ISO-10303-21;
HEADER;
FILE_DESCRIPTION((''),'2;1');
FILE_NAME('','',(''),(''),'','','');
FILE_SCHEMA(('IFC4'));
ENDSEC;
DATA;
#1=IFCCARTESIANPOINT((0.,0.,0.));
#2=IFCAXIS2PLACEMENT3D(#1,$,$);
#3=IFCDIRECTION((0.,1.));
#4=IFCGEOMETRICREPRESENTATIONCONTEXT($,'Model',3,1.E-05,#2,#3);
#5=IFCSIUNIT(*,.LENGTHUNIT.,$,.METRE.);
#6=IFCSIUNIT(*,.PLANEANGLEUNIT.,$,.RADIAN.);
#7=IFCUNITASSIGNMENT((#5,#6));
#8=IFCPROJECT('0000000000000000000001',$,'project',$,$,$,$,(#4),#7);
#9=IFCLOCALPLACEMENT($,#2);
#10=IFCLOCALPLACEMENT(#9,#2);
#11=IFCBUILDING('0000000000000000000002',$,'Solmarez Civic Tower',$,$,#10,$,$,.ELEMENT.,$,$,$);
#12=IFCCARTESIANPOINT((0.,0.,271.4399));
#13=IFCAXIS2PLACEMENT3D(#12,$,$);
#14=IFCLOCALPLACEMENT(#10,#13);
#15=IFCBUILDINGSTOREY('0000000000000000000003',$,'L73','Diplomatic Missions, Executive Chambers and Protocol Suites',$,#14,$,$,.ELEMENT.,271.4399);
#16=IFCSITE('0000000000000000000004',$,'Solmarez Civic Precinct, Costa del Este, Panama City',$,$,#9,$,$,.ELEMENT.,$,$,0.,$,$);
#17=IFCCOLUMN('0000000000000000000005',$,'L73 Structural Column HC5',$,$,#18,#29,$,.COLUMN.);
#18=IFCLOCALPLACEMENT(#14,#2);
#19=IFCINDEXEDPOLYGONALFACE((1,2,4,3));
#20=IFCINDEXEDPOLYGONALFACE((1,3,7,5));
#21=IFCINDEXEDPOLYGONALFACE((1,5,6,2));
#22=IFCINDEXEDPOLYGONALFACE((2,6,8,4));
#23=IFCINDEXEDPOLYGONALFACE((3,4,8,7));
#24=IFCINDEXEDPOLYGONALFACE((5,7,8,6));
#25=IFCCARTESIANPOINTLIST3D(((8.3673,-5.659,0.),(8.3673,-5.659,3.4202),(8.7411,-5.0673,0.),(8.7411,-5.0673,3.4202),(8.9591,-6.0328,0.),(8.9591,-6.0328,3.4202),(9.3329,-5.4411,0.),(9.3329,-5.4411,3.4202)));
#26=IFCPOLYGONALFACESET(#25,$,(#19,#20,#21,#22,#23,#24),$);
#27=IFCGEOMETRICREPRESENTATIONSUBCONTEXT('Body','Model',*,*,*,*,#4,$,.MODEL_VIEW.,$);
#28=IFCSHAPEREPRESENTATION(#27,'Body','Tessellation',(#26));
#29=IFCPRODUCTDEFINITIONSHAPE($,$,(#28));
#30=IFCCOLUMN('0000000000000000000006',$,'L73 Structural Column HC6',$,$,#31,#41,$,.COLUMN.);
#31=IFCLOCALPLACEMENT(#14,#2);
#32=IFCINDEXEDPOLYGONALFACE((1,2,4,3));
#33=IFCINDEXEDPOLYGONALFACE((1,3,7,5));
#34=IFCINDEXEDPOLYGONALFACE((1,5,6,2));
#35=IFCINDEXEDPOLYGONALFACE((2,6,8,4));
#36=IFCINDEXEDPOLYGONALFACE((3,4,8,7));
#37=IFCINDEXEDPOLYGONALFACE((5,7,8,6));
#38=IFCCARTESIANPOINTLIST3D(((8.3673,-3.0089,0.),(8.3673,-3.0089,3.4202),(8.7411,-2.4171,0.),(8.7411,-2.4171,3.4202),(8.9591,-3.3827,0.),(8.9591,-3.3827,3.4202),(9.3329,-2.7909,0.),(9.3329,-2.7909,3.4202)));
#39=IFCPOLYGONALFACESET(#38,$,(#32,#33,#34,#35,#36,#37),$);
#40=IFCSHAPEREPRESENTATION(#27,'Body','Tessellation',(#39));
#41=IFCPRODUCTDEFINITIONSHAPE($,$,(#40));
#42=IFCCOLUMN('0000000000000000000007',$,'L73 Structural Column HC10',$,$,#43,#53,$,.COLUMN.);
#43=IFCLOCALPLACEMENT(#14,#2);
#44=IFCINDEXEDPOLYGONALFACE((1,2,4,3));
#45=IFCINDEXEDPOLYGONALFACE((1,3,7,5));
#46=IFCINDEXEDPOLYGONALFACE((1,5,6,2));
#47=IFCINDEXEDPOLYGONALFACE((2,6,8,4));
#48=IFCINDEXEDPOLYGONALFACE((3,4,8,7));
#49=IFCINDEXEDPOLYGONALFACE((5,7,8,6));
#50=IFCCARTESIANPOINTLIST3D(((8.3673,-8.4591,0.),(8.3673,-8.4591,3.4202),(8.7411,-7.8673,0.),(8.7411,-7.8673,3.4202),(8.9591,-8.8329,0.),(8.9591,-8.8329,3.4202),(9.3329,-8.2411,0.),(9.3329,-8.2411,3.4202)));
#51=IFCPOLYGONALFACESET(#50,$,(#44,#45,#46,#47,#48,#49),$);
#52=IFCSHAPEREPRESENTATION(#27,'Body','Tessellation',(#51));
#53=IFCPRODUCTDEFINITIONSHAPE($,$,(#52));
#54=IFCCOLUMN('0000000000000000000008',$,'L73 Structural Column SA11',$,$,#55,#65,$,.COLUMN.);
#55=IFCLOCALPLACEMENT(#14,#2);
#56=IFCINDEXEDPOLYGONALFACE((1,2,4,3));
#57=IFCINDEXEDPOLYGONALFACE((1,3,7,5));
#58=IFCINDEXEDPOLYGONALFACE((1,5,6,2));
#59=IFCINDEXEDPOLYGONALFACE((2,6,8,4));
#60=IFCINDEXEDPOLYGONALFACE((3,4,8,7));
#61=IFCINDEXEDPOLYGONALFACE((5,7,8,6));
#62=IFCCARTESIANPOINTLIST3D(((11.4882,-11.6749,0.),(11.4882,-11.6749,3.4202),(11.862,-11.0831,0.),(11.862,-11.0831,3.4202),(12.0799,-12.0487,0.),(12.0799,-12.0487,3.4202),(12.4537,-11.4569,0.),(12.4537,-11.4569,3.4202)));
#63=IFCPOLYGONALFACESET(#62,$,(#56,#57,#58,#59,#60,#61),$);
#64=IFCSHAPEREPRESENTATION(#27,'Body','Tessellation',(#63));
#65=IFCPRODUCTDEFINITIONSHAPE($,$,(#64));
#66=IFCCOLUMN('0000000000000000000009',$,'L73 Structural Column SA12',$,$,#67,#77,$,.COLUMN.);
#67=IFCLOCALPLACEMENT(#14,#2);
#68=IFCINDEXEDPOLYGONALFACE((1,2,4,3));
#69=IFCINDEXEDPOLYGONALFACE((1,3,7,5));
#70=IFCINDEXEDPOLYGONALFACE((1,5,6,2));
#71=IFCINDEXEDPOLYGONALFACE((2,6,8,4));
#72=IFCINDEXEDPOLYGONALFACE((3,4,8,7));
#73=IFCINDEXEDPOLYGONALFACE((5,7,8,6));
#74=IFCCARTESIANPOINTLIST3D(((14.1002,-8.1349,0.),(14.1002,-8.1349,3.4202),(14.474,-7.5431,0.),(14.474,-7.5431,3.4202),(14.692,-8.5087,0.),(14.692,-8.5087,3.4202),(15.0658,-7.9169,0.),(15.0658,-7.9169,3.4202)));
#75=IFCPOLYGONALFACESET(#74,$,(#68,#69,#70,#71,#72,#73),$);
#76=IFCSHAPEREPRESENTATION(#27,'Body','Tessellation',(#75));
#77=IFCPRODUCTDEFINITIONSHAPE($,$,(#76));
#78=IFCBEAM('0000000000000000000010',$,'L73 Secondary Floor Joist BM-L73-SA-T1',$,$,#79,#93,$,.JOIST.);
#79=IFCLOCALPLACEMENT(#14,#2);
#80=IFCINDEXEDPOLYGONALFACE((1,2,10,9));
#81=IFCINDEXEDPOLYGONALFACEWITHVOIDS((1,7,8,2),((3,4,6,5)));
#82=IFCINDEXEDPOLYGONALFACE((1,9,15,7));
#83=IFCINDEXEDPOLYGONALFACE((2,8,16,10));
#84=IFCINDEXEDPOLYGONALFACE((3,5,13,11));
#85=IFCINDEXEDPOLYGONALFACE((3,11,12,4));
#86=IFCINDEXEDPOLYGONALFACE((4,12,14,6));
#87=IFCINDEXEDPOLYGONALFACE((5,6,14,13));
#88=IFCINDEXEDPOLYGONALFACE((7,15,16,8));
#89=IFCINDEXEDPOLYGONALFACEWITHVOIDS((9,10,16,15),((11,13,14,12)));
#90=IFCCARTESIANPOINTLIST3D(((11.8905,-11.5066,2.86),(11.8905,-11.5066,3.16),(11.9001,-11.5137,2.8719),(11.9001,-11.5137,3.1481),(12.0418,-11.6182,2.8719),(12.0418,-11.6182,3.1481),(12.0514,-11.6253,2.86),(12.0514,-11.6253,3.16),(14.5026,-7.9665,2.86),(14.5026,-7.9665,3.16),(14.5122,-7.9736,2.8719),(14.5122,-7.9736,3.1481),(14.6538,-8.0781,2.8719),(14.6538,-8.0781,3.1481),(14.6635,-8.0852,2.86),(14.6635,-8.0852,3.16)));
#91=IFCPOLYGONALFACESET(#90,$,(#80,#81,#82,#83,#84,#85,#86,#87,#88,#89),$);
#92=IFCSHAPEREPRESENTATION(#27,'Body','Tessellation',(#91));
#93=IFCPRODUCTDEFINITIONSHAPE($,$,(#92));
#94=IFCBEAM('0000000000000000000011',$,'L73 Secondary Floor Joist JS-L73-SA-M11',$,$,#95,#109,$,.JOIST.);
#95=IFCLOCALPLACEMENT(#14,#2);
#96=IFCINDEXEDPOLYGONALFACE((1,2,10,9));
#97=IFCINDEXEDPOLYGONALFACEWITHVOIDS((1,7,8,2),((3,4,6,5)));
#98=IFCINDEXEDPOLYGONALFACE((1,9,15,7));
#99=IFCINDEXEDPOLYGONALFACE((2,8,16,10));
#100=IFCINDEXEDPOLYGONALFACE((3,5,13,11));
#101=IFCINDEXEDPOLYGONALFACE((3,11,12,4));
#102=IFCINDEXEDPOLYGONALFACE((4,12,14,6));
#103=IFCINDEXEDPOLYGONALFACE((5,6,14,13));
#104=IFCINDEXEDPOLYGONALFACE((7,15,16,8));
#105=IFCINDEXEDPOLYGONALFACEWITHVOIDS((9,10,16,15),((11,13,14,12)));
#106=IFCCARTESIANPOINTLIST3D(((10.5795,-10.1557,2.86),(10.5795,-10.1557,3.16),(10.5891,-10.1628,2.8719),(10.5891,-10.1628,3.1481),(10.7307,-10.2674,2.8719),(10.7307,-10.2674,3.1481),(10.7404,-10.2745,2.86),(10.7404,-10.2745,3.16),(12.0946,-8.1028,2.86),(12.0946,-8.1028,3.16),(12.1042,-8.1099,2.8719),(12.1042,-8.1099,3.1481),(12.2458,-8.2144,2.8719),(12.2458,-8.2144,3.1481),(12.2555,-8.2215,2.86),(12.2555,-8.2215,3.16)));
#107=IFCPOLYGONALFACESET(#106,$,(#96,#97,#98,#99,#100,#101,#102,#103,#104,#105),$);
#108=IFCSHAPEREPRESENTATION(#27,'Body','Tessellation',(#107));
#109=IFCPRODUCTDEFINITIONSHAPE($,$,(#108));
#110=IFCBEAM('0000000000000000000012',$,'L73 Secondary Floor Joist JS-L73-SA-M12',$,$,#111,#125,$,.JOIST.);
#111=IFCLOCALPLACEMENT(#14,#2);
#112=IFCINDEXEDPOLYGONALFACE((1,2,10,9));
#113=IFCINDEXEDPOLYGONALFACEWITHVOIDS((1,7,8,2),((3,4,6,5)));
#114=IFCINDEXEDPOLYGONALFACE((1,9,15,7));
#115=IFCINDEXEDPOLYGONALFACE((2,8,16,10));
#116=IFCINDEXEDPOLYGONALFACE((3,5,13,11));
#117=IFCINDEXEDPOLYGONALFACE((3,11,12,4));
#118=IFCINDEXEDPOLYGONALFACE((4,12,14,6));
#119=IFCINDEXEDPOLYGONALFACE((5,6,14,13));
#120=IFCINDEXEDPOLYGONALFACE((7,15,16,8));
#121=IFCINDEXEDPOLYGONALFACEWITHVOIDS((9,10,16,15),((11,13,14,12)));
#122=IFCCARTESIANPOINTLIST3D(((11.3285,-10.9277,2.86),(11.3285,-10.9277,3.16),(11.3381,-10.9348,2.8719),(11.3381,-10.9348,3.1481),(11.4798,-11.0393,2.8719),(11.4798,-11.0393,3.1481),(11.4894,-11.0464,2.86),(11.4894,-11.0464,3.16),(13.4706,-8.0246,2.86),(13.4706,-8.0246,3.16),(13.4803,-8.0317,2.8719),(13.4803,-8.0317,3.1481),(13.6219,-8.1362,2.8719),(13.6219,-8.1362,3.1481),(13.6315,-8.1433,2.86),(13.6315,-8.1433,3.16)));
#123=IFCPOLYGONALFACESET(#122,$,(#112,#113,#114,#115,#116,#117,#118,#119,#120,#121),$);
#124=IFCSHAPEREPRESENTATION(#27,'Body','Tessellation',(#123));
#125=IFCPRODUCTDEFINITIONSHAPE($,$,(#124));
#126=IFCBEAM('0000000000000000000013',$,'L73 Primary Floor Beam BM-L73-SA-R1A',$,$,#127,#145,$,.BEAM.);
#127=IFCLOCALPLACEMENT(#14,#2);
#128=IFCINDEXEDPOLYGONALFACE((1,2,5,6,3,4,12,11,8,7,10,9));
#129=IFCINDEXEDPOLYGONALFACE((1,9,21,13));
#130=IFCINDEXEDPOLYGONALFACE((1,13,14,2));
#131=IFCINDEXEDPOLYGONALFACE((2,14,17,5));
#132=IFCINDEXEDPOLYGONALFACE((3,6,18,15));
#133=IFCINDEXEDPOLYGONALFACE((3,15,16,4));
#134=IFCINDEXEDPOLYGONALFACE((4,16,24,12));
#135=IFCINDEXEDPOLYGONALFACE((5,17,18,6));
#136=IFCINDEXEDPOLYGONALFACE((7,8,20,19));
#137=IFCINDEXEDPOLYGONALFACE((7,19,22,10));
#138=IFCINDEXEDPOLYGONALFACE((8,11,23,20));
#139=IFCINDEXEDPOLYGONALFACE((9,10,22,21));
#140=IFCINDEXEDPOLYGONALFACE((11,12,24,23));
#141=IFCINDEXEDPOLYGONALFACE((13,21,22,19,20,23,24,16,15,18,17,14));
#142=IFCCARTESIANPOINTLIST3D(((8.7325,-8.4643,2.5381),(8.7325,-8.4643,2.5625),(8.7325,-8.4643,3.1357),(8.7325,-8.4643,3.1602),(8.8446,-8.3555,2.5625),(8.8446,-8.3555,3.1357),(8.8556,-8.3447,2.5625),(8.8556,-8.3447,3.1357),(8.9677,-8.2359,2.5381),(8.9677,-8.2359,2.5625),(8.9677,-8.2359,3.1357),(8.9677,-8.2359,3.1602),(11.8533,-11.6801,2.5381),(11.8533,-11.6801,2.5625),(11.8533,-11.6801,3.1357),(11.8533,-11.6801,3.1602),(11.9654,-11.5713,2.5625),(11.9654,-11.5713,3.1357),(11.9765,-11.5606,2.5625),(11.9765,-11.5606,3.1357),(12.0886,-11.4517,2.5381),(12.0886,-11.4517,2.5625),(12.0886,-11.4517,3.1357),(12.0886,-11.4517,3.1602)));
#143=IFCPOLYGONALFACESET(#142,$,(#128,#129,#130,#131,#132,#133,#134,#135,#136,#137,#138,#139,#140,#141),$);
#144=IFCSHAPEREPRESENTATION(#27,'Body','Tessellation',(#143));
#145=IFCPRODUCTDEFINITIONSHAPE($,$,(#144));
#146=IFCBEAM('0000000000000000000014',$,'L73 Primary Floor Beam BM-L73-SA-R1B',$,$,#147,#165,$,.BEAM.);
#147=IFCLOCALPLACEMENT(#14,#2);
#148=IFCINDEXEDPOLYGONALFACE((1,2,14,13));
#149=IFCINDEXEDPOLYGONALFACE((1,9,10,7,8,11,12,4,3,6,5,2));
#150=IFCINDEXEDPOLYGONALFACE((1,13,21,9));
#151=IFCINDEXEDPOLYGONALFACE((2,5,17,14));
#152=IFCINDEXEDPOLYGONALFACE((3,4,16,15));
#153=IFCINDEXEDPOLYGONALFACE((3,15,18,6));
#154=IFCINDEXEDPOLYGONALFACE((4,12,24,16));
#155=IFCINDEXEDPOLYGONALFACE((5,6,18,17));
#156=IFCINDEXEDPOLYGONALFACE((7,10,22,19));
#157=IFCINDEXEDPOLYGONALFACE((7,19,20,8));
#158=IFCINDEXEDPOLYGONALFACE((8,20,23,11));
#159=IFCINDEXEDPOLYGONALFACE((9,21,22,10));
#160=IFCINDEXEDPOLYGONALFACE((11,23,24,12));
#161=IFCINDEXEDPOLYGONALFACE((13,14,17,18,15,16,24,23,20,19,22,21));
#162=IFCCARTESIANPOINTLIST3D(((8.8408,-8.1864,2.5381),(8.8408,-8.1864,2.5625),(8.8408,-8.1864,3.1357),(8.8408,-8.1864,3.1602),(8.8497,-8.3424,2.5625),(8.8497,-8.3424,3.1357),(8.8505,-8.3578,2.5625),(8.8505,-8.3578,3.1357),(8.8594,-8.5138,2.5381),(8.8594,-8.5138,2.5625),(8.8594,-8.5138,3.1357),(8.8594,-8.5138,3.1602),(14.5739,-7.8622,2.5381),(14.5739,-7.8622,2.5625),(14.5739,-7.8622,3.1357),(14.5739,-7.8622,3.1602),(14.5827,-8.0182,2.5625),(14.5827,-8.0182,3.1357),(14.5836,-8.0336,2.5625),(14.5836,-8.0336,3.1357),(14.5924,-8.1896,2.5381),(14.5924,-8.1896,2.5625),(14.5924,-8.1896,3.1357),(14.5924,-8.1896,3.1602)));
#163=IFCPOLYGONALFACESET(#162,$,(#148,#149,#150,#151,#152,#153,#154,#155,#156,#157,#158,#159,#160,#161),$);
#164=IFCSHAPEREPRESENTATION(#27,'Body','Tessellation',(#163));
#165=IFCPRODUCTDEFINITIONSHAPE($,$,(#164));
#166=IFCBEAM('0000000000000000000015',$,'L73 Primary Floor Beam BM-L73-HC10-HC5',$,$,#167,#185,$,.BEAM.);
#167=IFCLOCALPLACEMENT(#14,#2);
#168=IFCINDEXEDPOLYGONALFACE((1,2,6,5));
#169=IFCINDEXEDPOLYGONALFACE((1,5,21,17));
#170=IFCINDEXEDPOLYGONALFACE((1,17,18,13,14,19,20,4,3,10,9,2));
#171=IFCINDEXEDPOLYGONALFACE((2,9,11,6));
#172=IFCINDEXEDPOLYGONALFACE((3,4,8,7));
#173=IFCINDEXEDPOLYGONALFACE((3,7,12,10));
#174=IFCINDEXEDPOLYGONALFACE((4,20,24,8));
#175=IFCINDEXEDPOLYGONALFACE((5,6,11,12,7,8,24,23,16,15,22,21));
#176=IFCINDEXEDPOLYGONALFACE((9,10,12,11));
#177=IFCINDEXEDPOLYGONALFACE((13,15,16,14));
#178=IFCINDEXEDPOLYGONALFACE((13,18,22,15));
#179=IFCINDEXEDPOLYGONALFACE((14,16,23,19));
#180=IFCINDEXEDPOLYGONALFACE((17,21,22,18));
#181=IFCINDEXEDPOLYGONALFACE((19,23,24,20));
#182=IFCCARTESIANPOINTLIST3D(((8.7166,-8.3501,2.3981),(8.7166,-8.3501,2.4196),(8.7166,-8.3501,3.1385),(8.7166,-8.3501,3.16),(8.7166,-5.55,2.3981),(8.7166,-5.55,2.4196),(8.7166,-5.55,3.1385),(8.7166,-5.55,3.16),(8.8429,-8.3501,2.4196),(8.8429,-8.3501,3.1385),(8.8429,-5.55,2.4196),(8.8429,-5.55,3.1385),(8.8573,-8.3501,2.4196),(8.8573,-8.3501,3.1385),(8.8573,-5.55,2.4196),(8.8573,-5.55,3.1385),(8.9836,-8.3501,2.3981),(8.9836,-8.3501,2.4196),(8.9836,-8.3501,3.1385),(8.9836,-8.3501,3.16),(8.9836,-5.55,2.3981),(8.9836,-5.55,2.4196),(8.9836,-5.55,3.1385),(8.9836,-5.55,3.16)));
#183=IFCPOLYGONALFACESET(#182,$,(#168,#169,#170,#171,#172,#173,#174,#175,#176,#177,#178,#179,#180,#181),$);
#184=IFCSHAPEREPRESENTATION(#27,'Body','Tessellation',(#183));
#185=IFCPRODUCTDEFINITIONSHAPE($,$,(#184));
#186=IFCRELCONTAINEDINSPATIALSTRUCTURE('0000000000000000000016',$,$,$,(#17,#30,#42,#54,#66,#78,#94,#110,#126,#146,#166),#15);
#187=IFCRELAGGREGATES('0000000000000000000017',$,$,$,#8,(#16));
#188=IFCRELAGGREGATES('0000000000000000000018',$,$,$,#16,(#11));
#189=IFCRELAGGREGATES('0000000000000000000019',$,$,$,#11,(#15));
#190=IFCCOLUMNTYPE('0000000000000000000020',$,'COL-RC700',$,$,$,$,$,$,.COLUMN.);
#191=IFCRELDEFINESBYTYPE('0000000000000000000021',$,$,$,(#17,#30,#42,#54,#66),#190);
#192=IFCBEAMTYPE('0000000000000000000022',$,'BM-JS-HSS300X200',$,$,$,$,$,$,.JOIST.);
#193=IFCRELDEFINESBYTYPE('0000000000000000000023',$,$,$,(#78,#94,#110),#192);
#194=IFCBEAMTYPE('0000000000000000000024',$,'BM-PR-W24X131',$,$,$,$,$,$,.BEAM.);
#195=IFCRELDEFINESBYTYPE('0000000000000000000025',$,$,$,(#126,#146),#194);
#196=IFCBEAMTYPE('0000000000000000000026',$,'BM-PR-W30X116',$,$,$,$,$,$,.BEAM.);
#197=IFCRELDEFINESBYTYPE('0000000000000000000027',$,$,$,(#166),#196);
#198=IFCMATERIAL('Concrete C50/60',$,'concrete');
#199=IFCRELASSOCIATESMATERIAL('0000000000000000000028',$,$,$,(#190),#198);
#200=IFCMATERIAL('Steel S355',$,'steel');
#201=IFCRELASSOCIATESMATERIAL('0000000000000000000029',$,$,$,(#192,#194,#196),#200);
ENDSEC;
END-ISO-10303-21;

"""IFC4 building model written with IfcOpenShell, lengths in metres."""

from ifc_helpers import new_model, si_unit, direction, frame, origin, origin_2d, place, context, subcontext, project, spatial, rectangle, hollow_rectangle, i_section, extrude, material, material_profile, profile_set, type_object, element, save


model = new_model("IFC4")

# Units and contexts
model_context = context("Model", 3, precision=1e-05, world=origin(), true_north=direction((0.0, 1.0)))
body_context = subcontext(model_context, "Body", "Model", "MODEL_VIEW")
ifc_project = project(units=[si_unit("LENGTHUNIT", "METRE"), si_unit("PLANEANGLEUNIT", "RADIAN")], contexts=[model_context])

# Site, building, storey
site_placement = place(None, origin())
site = spatial("IfcSite", under=ifc_project, at=site_placement, Name="Solmarez Civic Precinct, Costa del Este, Panama City", CompositionType="ELEMENT", RefElevation=0.0)
building_placement = place(site_placement, origin())
building = spatial("IfcBuilding", under=site, at=building_placement, Name="Solmarez Civic Tower", CompositionType="ELEMENT")
storey_placement = place(building_placement, frame((0.0, 0.0, 271.4399)))
storey = spatial("IfcBuildingStorey", under=building, at=storey_placement, Name="L73", Description="Diplomatic Missions, Executive Chambers and Protocol Suites", CompositionType="ELEMENT", Elevation=271.4399)

# Columns
ifc_material_1 = material(Name="Concrete C50/60", Category="concrete")
ifc_material_profile_1 = material_profile(ifc_material_1, rectangle(XDim=0.7, YDim=0.7, at=origin_2d()), Name="RC700X700")
ifc_profile_set_1 = profile_set([ifc_material_profile_1], Name="Concrete C50/60")
column_type = type_object("IfcColumnType", Name="COL-RC700", PredefinedType="COLUMN", material=ifc_profile_set_1)
for number, where, z_axis, x_axis, name in (
    (1, (8.8501, -5.55, 0.0), (0.0, 0.0, 1.0), (0.534057, 0.845448, 0.0), "L73 Structural Column HC5"),
    (2, (8.8501, -2.8999, 0.0), (0.0, 0.0, 1.0), (0.534057, 0.845448, 0.0), "L73 Structural Column HC6"),
    (3, (8.8501, -8.3501, 0.0), (0.0, 0.0, 1.0), (0.534057, 0.845448, 0.0), "L73 Structural Column HC10"),
    (4, (11.9709, -11.5659, 0.0), (0.0, 0.0, 1.0), (0.534057, 0.845448, 0.0), "L73 Structural Column SA11"),
    (5, (14.583, -8.0259, 0.0), (0.0, 0.0, 1.0), (0.534057, 0.845448, 0.0), "L73 Structural Column SA12"),
):
    element("IfcColumn", number, at=place(storey_placement, frame(where, z_axis=z_axis, x_axis=x_axis)), inside=storey, type_object=column_type, Name=name, PredefinedType="COLUMN", context=body_context, shape_type="SweptSolid", body=[
        extrude(rectangle(XDim=0.7, YDim=0.7, at=origin_2d()), origin(), (0.0, 0.0, 1.0), 3.4202),
    ])

# Beams
ifc_material_2 = material(Name="Steel S355", Category="steel")
ifc_material_profile_2 = material_profile(ifc_material_2, hollow_rectangle(XDim=0.2, YDim=0.3, WallThickness=0.012, at=origin_2d()), Name="HSS300X200X12")
ifc_profile_set_2 = profile_set([ifc_material_profile_2], Name="Steel S355")
beam_type_1 = type_object("IfcBeamType", Name="BM-JS-HSS300X200", PredefinedType="JOIST", material=ifc_profile_set_2)
beam_1_placement = place(storey_placement, frame((11.9709, -11.5659, 3.01), z_axis=(0.593731, 0.804664, 0.0), x_axis=(-0.804664, 0.593731, 0.0)))
element("IfcBeam", 6, at=beam_1_placement, inside=storey, type_object=beam_type_1, Name="L73 Secondary Floor Joist BM-L73-SA-T1", PredefinedType="JOIST", context=body_context, shape_type="SweptSolid", body=[
    extrude(hollow_rectangle(XDim=0.2, YDim=0.3, WallThickness=0.012, at=origin_2d()), origin(), (0.0, 0.0, 1.0), 4.3994),
])
beam_2_placement = place(storey_placement, frame((10.6599, -10.2151, 3.01), z_axis=(0.593812, 0.804603, 0.0), x_axis=(-0.804603, 0.593812, 0.0)))
element("IfcBeam", 7, at=beam_2_placement, inside=storey, type_object=beam_type_1, Name="L73 Secondary Floor Joist JS-L73-SA-M11", PredefinedType="JOIST", context=body_context, shape_type="SweptSolid", body=[
    extrude(hollow_rectangle(XDim=0.2, YDim=0.3, WallThickness=0.012, at=origin_2d()), origin(), (0.0, 0.0, 1.0), 2.5515),
])
beam_3_placement = place(storey_placement, frame((11.4089, -10.9871, 3.01), z_axis=(0.593734, 0.804661, 0.0), x_axis=(-0.804661, 0.593734, 0.0)))
element("IfcBeam", 8, at=beam_3_placement, inside=storey, type_object=beam_type_1, Name="L73 Secondary Floor Joist JS-L73-SA-M12", PredefinedType="JOIST", context=body_context, shape_type="SweptSolid", body=[
    extrude(hollow_rectangle(XDim=0.2, YDim=0.3, WallThickness=0.012, at=origin_2d()), origin(), (0.0, 0.0, 1.0), 3.6079),
])
ifc_material_profile_3 = material_profile(ifc_material_2, i_section(OverallWidth=0.3279, OverallDepth=0.6221, WebThickness=0.0154, FlangeThickness=0.0244, at=origin_2d()), Name="W24X131")
ifc_profile_set_3 = profile_set([ifc_material_profile_3], Name="Steel S355")
beam_type_2 = type_object("IfcBeamType", Name="BM-PR-W24X131", PredefinedType="BEAM", material=ifc_profile_set_3)
beam_4_placement = place(storey_placement, frame((8.8501, -8.3501, 2.8491), z_axis=(0.696431, -0.717624, 0.0), x_axis=(0.717624, 0.696431, 0.0)))
element("IfcBeam", 9, at=beam_4_placement, inside=storey, type_object=beam_type_2, Name="L73 Primary Floor Beam BM-L73-SA-R1A", PredefinedType="BEAM", context=body_context, shape_type="SweptSolid", body=[
    extrude(i_section(OverallWidth=0.3279, OverallDepth=0.6221, WebThickness=0.0154, FlangeThickness=0.0244, at=origin_2d()), origin(), (0.0, 0.0, 1.0), 4.4812),
])
beam_5_placement = place(storey_placement, frame((8.8501, -8.3501, 2.8491), z_axis=(0.998405, 0.056464, 0.0), x_axis=(-0.056464, 0.998405, 0.0)))
element("IfcBeam", 10, at=beam_5_placement, inside=storey, type_object=beam_type_2, Name="L73 Primary Floor Beam BM-L73-SA-R1B", PredefinedType="BEAM", context=body_context, shape_type="SweptSolid", body=[
    extrude(i_section(OverallWidth=0.3279, OverallDepth=0.6221, WebThickness=0.0154, FlangeThickness=0.0244, at=origin_2d()), origin(), (0.0, 0.0, 1.0), 5.7422),
])
ifc_material_profile_4 = material_profile(ifc_material_2, i_section(OverallWidth=0.2671, OverallDepth=0.762, WebThickness=0.0144, FlangeThickness=0.0215, at=origin_2d()), Name="W30X116")
ifc_profile_set_4 = profile_set([ifc_material_profile_4], Name="Steel S355")
beam_type_3 = type_object("IfcBeamType", Name="BM-PR-W30X116", PredefinedType="BEAM", material=ifc_profile_set_4)
beam_6_placement = place(storey_placement, frame((8.8501, -8.3501, 2.7791), z_axis=(0.0, 1.0, 0.0), x_axis=(-1.0, 0.0, 0.0)))
element("IfcBeam", 11, at=beam_6_placement, inside=storey, type_object=beam_type_3, Name="L73 Primary Floor Beam BM-L73-HC10-HC5", PredefinedType="BEAM", context=body_context, shape_type="SweptSolid", body=[
    extrude(i_section(OverallWidth=0.2671, OverallDepth=0.762, WebThickness=0.0144, FlangeThickness=0.0215, at=origin_2d()), origin(), (0.0, 0.0, 1.0), 2.8),
])

save(model, "model.ifc")
